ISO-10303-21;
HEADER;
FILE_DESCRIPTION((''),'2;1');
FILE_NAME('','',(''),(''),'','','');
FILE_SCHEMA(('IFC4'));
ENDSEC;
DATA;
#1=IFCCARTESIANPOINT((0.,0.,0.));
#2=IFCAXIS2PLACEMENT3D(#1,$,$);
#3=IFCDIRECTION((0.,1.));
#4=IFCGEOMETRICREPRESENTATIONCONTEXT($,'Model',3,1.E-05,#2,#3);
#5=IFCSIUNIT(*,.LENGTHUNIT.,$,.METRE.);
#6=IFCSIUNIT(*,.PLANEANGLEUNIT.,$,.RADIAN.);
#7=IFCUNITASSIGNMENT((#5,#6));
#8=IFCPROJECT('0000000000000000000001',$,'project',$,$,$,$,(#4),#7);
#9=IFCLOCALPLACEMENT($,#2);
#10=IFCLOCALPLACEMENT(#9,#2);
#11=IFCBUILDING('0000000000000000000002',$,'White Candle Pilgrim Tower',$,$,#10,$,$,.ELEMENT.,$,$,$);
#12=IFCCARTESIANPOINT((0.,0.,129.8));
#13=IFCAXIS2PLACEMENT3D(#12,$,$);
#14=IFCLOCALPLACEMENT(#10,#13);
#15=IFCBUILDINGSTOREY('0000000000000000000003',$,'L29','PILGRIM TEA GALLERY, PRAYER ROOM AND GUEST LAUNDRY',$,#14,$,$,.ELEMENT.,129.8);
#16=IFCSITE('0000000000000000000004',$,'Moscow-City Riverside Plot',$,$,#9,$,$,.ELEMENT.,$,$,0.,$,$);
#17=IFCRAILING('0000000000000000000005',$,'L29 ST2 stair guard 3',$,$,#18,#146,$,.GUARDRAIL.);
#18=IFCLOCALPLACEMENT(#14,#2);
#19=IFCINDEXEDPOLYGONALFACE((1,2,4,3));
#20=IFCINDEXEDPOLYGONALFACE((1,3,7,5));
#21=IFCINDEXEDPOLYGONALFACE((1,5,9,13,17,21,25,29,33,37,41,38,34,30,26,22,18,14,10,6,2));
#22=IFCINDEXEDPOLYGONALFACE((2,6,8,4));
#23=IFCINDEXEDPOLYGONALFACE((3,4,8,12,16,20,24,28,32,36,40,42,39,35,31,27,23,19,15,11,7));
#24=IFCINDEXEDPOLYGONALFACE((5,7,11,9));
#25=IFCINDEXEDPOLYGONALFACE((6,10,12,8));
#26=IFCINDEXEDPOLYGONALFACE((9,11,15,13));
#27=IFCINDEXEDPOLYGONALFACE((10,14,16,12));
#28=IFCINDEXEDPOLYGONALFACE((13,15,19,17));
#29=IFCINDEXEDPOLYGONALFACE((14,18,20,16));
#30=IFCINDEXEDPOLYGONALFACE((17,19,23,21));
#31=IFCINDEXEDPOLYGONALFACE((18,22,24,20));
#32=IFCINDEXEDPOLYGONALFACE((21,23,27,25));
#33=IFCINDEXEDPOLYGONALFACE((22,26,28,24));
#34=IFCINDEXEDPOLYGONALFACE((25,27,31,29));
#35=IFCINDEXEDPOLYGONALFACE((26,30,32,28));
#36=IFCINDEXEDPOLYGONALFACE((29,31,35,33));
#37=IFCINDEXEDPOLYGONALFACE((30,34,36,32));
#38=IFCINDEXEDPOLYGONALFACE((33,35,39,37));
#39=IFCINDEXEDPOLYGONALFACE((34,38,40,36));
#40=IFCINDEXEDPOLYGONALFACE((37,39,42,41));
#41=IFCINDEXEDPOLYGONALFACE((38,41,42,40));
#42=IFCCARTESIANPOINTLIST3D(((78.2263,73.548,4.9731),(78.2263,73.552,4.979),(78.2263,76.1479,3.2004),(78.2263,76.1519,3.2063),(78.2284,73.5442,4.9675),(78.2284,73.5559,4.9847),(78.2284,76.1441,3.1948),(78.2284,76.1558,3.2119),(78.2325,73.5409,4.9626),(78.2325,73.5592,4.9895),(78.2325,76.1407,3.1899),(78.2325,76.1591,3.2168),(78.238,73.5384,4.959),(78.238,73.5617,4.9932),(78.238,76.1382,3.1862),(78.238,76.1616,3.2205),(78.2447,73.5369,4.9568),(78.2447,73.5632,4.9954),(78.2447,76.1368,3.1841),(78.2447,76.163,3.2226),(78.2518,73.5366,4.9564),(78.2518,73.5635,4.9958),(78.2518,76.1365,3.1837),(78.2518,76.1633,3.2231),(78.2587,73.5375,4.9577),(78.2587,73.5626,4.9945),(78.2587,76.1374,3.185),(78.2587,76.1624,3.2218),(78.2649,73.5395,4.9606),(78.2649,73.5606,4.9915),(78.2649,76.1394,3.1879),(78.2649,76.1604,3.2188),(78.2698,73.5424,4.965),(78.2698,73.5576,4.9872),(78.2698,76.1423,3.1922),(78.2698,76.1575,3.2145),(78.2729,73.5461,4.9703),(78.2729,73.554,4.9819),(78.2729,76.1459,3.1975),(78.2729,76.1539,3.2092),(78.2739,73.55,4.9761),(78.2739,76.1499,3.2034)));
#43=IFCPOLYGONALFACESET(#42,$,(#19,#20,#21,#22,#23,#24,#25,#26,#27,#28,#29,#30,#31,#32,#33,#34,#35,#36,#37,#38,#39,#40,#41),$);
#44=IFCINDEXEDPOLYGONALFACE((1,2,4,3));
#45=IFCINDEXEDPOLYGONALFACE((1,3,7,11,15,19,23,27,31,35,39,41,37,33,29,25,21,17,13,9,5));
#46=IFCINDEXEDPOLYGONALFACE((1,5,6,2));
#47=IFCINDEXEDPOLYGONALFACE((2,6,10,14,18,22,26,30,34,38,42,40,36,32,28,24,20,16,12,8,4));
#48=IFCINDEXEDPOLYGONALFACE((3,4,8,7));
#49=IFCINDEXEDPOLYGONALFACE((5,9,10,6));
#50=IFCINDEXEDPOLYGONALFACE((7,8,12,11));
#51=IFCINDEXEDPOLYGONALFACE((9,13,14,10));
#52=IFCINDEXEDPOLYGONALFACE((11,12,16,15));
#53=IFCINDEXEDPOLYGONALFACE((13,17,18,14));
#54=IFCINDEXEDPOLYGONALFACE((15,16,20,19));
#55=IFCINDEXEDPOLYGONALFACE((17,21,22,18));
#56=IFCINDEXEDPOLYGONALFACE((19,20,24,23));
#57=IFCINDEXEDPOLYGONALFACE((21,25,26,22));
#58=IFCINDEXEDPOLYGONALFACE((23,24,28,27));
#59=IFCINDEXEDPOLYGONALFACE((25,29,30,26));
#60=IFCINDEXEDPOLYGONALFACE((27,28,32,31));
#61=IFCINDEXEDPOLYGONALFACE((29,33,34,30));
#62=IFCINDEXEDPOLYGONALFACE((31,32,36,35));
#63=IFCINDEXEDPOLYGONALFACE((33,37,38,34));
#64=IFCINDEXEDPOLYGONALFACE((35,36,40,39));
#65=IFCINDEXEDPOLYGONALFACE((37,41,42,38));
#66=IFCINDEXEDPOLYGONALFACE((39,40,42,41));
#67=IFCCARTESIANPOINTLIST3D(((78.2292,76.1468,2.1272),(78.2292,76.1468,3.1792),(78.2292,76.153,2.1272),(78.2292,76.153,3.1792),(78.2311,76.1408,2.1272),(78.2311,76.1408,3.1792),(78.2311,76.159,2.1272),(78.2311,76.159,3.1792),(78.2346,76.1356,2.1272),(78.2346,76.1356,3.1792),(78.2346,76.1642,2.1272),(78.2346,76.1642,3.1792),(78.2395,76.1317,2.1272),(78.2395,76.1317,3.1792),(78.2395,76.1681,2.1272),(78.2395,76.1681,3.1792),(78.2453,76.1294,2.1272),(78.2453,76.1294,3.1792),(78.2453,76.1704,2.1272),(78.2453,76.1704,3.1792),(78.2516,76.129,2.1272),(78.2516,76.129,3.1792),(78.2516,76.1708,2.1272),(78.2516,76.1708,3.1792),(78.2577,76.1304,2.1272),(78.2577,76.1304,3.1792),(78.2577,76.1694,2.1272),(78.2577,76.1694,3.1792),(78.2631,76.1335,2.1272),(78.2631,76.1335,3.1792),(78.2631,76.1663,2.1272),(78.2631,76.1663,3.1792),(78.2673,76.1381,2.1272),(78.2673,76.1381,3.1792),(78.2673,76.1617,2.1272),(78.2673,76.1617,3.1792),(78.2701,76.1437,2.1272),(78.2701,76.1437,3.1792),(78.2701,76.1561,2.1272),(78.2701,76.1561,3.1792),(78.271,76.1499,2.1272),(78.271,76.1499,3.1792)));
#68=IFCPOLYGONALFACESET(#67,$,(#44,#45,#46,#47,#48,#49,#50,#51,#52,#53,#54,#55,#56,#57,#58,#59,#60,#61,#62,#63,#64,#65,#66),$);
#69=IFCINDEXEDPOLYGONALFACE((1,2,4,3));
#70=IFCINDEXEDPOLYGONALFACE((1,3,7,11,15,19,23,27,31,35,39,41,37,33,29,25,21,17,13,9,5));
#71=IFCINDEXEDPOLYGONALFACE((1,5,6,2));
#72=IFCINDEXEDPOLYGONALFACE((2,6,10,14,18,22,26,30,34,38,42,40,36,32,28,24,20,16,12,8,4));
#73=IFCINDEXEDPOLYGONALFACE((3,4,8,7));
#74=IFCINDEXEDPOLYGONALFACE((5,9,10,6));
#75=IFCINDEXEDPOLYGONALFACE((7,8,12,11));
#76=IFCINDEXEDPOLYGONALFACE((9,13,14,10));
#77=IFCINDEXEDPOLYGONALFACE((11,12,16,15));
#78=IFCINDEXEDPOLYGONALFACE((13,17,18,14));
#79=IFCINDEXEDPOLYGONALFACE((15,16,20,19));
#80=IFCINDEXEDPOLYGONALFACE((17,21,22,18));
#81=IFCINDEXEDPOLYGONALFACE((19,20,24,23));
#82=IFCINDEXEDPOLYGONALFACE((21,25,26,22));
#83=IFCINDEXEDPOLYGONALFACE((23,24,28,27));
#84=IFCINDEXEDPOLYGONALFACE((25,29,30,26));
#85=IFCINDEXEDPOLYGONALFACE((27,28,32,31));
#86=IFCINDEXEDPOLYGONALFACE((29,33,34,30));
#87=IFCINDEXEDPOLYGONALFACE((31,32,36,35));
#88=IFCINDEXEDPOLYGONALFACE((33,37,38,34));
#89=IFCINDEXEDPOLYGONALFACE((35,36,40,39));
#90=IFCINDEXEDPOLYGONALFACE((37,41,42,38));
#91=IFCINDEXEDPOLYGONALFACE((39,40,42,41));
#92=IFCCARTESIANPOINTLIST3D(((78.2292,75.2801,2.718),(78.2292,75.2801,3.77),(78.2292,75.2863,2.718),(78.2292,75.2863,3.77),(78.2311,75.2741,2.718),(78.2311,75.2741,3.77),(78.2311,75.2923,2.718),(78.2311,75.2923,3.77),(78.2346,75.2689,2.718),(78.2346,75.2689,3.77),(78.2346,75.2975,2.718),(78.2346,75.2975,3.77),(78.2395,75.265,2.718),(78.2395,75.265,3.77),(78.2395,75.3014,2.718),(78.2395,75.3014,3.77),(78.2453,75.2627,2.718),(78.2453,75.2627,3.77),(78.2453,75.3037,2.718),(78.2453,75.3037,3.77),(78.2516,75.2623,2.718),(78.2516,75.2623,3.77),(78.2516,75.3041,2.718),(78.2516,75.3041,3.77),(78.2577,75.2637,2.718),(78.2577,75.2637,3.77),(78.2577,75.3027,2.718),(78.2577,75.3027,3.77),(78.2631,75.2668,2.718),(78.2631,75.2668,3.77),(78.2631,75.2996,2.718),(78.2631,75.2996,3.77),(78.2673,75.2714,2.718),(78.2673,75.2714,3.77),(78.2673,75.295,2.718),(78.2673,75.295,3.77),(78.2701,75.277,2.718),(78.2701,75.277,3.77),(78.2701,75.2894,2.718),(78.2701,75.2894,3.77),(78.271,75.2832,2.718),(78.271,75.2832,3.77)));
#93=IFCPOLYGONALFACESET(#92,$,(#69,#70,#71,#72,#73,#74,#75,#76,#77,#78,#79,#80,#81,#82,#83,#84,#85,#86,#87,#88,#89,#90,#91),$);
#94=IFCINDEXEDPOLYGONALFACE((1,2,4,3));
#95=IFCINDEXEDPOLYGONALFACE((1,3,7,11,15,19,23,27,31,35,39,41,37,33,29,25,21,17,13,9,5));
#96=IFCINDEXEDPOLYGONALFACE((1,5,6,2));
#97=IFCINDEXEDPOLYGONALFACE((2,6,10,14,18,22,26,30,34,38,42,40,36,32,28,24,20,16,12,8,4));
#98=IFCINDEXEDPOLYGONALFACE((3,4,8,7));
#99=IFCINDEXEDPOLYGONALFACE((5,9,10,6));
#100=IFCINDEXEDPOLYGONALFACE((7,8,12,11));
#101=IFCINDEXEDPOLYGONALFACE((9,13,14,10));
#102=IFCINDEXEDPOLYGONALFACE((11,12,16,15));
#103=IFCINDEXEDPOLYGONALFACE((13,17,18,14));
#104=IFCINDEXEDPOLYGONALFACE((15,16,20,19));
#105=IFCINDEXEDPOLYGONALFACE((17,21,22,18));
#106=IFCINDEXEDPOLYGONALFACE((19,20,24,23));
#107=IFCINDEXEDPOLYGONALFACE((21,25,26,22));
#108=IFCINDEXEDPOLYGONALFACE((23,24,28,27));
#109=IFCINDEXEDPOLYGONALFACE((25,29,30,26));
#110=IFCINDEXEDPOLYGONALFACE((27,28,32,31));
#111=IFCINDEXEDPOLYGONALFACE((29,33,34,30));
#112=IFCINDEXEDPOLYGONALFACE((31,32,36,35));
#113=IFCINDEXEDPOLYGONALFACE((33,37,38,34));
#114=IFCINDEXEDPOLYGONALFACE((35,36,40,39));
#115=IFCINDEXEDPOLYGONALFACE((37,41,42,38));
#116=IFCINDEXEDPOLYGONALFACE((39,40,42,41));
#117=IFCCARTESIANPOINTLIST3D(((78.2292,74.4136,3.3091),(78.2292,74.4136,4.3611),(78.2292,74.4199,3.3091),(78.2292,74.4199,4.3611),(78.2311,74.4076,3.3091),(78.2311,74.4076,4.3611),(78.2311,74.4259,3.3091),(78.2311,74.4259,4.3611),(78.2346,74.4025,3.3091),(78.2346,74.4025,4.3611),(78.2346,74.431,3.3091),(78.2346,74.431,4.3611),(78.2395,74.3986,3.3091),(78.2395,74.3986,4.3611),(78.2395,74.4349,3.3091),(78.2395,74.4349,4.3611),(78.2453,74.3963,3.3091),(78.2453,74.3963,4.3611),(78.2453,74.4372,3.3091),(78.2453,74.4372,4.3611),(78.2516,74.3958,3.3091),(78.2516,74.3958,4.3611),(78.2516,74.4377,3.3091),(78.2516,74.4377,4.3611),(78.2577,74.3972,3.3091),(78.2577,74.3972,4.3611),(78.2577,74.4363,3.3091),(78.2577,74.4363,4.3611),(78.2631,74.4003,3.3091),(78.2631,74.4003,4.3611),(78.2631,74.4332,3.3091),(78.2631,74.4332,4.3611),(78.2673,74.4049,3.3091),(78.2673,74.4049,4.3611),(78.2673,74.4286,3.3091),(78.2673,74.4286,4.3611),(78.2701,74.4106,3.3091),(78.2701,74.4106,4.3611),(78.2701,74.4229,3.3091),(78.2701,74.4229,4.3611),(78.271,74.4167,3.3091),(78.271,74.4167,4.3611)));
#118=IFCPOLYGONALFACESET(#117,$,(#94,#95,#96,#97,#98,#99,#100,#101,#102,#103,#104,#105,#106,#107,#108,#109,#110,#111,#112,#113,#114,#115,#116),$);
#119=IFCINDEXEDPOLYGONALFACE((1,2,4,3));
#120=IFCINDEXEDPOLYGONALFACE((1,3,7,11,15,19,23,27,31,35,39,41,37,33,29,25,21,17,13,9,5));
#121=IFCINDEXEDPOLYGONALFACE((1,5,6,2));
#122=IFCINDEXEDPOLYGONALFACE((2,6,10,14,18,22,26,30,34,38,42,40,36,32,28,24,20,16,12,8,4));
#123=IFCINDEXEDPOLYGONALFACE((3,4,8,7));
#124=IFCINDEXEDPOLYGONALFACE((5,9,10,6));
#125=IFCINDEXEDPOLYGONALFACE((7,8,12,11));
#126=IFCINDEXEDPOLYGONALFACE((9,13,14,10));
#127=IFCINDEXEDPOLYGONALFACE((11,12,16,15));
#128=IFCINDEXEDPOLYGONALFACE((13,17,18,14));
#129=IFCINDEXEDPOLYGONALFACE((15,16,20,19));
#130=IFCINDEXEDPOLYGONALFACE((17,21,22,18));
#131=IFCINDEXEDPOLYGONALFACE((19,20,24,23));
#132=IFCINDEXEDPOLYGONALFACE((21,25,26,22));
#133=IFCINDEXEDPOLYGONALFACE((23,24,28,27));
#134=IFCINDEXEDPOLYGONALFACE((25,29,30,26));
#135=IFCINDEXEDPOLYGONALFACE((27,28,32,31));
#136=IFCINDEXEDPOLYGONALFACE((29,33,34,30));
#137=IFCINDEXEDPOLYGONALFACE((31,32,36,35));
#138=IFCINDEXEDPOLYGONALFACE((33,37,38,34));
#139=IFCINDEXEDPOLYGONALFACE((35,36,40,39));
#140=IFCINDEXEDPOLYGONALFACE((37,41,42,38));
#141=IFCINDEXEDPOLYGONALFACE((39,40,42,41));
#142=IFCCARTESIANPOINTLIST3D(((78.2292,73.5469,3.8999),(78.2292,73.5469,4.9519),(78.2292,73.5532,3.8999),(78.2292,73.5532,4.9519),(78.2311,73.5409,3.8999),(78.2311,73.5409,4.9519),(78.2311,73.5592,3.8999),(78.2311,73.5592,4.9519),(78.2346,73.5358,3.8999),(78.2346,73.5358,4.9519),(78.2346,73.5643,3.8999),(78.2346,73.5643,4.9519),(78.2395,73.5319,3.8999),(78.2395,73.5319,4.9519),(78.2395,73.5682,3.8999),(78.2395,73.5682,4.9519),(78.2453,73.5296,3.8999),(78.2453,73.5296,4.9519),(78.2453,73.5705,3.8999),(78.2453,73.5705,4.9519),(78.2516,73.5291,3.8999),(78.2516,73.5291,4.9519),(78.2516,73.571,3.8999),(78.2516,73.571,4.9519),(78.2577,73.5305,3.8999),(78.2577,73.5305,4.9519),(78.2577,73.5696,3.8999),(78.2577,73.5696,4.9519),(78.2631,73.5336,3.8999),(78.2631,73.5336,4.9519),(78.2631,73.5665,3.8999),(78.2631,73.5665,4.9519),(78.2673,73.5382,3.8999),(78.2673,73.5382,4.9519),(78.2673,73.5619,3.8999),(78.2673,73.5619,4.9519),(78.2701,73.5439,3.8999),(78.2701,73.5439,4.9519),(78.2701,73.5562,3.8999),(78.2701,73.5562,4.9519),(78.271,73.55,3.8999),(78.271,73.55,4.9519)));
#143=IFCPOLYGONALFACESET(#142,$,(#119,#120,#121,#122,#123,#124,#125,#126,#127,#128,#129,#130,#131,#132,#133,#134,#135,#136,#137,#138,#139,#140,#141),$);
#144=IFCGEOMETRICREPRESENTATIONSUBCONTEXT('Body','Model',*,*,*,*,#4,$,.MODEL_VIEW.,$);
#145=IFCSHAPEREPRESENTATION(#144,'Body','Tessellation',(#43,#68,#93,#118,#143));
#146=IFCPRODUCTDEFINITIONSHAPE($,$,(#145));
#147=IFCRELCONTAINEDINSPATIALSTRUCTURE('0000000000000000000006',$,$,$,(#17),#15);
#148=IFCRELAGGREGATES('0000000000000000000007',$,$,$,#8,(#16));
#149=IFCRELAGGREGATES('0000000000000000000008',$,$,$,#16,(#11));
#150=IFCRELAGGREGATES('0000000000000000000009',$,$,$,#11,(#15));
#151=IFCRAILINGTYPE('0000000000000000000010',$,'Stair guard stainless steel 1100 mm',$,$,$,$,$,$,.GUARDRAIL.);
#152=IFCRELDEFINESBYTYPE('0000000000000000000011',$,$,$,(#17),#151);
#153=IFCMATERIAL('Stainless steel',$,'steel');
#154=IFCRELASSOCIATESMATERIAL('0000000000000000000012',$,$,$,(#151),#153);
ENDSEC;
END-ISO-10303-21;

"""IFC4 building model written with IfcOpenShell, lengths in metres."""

from ifc_helpers import new_model, si_unit, direction, frame, origin, origin_2d, place, context, subcontext, project, spatial, circle, extrude, material, type_object, element, save


model = new_model("IFC4")

# Units and contexts
model_context = context("Model", 3, precision=1e-05, world=origin(), true_north=direction((0.0, 1.0)))
body_context = subcontext(model_context, "Body", "Model", "MODEL_VIEW")
ifc_project = project(units=[si_unit("LENGTHUNIT", "METRE"), si_unit("PLANEANGLEUNIT", "RADIAN")], contexts=[model_context])

# Site, building, storey
site_placement = place(None, origin())
site = spatial("IfcSite", under=ifc_project, at=site_placement, Name="Moscow-City Riverside Plot", CompositionType="ELEMENT", RefElevation=0.0)
building_placement = place(site_placement, origin())
building = spatial("IfcBuilding", under=site, at=building_placement, Name="White Candle Pilgrim Tower", CompositionType="ELEMENT")
storey_placement = place(building_placement, frame((0.0, 0.0, 129.8)))
storey = spatial("IfcBuildingStorey", under=building, at=storey_placement, Name="L29", Description="PILGRIM TEA GALLERY, PRAYER ROOM AND GUEST LAUNDRY", CompositionType="ELEMENT", Elevation=129.8)

# Railing
ifc_material_1 = material(Name="Stainless steel", Category="steel")
railing_type_1 = type_object("IfcRailingType", Name="Stair guard stainless steel 1100 mm", PredefinedType="GUARDRAIL", material=ifc_material_1)
railing_1_placement = place(storey_placement, frame((78.25, 76.1499, 2.1272)))
element("IfcRailing", 1, at=railing_1_placement, inside=storey, type_object=railing_type_1, Name="L29 ST2 stair guard 3", PredefinedType="GUARDRAIL", context=body_context, shape_type="SweptSolid", body=[
    extrude(circle(Radius=0.0239, at=origin_2d()), frame((0.0, 0.0, 1.0762), z_axis=(0.0, -0.826216, 0.563354), x_axis=(1.0, 0.0, 0.0)), (0.0, 0.0, 1.0), 3.1467),
    extrude(circle(Radius=0.021, at=origin_2d()), origin(), (0.0, 0.0, 1.0), 1.052),
    extrude(circle(Radius=0.021, at=origin_2d()), frame((0.0, -0.8667, 0.5908)), (0.0, 0.0, 1.0), 1.052),
    extrude(circle(Radius=0.021, at=origin_2d()), frame((0.0, -1.7332, 1.1819)), (0.0, 0.0, 1.0), 1.052),
    extrude(circle(Radius=0.021, at=origin_2d()), frame((0.0, -2.5999, 1.7727)), (0.0, 0.0, 1.0), 1.052),
])

save(model, "model.ifc")
